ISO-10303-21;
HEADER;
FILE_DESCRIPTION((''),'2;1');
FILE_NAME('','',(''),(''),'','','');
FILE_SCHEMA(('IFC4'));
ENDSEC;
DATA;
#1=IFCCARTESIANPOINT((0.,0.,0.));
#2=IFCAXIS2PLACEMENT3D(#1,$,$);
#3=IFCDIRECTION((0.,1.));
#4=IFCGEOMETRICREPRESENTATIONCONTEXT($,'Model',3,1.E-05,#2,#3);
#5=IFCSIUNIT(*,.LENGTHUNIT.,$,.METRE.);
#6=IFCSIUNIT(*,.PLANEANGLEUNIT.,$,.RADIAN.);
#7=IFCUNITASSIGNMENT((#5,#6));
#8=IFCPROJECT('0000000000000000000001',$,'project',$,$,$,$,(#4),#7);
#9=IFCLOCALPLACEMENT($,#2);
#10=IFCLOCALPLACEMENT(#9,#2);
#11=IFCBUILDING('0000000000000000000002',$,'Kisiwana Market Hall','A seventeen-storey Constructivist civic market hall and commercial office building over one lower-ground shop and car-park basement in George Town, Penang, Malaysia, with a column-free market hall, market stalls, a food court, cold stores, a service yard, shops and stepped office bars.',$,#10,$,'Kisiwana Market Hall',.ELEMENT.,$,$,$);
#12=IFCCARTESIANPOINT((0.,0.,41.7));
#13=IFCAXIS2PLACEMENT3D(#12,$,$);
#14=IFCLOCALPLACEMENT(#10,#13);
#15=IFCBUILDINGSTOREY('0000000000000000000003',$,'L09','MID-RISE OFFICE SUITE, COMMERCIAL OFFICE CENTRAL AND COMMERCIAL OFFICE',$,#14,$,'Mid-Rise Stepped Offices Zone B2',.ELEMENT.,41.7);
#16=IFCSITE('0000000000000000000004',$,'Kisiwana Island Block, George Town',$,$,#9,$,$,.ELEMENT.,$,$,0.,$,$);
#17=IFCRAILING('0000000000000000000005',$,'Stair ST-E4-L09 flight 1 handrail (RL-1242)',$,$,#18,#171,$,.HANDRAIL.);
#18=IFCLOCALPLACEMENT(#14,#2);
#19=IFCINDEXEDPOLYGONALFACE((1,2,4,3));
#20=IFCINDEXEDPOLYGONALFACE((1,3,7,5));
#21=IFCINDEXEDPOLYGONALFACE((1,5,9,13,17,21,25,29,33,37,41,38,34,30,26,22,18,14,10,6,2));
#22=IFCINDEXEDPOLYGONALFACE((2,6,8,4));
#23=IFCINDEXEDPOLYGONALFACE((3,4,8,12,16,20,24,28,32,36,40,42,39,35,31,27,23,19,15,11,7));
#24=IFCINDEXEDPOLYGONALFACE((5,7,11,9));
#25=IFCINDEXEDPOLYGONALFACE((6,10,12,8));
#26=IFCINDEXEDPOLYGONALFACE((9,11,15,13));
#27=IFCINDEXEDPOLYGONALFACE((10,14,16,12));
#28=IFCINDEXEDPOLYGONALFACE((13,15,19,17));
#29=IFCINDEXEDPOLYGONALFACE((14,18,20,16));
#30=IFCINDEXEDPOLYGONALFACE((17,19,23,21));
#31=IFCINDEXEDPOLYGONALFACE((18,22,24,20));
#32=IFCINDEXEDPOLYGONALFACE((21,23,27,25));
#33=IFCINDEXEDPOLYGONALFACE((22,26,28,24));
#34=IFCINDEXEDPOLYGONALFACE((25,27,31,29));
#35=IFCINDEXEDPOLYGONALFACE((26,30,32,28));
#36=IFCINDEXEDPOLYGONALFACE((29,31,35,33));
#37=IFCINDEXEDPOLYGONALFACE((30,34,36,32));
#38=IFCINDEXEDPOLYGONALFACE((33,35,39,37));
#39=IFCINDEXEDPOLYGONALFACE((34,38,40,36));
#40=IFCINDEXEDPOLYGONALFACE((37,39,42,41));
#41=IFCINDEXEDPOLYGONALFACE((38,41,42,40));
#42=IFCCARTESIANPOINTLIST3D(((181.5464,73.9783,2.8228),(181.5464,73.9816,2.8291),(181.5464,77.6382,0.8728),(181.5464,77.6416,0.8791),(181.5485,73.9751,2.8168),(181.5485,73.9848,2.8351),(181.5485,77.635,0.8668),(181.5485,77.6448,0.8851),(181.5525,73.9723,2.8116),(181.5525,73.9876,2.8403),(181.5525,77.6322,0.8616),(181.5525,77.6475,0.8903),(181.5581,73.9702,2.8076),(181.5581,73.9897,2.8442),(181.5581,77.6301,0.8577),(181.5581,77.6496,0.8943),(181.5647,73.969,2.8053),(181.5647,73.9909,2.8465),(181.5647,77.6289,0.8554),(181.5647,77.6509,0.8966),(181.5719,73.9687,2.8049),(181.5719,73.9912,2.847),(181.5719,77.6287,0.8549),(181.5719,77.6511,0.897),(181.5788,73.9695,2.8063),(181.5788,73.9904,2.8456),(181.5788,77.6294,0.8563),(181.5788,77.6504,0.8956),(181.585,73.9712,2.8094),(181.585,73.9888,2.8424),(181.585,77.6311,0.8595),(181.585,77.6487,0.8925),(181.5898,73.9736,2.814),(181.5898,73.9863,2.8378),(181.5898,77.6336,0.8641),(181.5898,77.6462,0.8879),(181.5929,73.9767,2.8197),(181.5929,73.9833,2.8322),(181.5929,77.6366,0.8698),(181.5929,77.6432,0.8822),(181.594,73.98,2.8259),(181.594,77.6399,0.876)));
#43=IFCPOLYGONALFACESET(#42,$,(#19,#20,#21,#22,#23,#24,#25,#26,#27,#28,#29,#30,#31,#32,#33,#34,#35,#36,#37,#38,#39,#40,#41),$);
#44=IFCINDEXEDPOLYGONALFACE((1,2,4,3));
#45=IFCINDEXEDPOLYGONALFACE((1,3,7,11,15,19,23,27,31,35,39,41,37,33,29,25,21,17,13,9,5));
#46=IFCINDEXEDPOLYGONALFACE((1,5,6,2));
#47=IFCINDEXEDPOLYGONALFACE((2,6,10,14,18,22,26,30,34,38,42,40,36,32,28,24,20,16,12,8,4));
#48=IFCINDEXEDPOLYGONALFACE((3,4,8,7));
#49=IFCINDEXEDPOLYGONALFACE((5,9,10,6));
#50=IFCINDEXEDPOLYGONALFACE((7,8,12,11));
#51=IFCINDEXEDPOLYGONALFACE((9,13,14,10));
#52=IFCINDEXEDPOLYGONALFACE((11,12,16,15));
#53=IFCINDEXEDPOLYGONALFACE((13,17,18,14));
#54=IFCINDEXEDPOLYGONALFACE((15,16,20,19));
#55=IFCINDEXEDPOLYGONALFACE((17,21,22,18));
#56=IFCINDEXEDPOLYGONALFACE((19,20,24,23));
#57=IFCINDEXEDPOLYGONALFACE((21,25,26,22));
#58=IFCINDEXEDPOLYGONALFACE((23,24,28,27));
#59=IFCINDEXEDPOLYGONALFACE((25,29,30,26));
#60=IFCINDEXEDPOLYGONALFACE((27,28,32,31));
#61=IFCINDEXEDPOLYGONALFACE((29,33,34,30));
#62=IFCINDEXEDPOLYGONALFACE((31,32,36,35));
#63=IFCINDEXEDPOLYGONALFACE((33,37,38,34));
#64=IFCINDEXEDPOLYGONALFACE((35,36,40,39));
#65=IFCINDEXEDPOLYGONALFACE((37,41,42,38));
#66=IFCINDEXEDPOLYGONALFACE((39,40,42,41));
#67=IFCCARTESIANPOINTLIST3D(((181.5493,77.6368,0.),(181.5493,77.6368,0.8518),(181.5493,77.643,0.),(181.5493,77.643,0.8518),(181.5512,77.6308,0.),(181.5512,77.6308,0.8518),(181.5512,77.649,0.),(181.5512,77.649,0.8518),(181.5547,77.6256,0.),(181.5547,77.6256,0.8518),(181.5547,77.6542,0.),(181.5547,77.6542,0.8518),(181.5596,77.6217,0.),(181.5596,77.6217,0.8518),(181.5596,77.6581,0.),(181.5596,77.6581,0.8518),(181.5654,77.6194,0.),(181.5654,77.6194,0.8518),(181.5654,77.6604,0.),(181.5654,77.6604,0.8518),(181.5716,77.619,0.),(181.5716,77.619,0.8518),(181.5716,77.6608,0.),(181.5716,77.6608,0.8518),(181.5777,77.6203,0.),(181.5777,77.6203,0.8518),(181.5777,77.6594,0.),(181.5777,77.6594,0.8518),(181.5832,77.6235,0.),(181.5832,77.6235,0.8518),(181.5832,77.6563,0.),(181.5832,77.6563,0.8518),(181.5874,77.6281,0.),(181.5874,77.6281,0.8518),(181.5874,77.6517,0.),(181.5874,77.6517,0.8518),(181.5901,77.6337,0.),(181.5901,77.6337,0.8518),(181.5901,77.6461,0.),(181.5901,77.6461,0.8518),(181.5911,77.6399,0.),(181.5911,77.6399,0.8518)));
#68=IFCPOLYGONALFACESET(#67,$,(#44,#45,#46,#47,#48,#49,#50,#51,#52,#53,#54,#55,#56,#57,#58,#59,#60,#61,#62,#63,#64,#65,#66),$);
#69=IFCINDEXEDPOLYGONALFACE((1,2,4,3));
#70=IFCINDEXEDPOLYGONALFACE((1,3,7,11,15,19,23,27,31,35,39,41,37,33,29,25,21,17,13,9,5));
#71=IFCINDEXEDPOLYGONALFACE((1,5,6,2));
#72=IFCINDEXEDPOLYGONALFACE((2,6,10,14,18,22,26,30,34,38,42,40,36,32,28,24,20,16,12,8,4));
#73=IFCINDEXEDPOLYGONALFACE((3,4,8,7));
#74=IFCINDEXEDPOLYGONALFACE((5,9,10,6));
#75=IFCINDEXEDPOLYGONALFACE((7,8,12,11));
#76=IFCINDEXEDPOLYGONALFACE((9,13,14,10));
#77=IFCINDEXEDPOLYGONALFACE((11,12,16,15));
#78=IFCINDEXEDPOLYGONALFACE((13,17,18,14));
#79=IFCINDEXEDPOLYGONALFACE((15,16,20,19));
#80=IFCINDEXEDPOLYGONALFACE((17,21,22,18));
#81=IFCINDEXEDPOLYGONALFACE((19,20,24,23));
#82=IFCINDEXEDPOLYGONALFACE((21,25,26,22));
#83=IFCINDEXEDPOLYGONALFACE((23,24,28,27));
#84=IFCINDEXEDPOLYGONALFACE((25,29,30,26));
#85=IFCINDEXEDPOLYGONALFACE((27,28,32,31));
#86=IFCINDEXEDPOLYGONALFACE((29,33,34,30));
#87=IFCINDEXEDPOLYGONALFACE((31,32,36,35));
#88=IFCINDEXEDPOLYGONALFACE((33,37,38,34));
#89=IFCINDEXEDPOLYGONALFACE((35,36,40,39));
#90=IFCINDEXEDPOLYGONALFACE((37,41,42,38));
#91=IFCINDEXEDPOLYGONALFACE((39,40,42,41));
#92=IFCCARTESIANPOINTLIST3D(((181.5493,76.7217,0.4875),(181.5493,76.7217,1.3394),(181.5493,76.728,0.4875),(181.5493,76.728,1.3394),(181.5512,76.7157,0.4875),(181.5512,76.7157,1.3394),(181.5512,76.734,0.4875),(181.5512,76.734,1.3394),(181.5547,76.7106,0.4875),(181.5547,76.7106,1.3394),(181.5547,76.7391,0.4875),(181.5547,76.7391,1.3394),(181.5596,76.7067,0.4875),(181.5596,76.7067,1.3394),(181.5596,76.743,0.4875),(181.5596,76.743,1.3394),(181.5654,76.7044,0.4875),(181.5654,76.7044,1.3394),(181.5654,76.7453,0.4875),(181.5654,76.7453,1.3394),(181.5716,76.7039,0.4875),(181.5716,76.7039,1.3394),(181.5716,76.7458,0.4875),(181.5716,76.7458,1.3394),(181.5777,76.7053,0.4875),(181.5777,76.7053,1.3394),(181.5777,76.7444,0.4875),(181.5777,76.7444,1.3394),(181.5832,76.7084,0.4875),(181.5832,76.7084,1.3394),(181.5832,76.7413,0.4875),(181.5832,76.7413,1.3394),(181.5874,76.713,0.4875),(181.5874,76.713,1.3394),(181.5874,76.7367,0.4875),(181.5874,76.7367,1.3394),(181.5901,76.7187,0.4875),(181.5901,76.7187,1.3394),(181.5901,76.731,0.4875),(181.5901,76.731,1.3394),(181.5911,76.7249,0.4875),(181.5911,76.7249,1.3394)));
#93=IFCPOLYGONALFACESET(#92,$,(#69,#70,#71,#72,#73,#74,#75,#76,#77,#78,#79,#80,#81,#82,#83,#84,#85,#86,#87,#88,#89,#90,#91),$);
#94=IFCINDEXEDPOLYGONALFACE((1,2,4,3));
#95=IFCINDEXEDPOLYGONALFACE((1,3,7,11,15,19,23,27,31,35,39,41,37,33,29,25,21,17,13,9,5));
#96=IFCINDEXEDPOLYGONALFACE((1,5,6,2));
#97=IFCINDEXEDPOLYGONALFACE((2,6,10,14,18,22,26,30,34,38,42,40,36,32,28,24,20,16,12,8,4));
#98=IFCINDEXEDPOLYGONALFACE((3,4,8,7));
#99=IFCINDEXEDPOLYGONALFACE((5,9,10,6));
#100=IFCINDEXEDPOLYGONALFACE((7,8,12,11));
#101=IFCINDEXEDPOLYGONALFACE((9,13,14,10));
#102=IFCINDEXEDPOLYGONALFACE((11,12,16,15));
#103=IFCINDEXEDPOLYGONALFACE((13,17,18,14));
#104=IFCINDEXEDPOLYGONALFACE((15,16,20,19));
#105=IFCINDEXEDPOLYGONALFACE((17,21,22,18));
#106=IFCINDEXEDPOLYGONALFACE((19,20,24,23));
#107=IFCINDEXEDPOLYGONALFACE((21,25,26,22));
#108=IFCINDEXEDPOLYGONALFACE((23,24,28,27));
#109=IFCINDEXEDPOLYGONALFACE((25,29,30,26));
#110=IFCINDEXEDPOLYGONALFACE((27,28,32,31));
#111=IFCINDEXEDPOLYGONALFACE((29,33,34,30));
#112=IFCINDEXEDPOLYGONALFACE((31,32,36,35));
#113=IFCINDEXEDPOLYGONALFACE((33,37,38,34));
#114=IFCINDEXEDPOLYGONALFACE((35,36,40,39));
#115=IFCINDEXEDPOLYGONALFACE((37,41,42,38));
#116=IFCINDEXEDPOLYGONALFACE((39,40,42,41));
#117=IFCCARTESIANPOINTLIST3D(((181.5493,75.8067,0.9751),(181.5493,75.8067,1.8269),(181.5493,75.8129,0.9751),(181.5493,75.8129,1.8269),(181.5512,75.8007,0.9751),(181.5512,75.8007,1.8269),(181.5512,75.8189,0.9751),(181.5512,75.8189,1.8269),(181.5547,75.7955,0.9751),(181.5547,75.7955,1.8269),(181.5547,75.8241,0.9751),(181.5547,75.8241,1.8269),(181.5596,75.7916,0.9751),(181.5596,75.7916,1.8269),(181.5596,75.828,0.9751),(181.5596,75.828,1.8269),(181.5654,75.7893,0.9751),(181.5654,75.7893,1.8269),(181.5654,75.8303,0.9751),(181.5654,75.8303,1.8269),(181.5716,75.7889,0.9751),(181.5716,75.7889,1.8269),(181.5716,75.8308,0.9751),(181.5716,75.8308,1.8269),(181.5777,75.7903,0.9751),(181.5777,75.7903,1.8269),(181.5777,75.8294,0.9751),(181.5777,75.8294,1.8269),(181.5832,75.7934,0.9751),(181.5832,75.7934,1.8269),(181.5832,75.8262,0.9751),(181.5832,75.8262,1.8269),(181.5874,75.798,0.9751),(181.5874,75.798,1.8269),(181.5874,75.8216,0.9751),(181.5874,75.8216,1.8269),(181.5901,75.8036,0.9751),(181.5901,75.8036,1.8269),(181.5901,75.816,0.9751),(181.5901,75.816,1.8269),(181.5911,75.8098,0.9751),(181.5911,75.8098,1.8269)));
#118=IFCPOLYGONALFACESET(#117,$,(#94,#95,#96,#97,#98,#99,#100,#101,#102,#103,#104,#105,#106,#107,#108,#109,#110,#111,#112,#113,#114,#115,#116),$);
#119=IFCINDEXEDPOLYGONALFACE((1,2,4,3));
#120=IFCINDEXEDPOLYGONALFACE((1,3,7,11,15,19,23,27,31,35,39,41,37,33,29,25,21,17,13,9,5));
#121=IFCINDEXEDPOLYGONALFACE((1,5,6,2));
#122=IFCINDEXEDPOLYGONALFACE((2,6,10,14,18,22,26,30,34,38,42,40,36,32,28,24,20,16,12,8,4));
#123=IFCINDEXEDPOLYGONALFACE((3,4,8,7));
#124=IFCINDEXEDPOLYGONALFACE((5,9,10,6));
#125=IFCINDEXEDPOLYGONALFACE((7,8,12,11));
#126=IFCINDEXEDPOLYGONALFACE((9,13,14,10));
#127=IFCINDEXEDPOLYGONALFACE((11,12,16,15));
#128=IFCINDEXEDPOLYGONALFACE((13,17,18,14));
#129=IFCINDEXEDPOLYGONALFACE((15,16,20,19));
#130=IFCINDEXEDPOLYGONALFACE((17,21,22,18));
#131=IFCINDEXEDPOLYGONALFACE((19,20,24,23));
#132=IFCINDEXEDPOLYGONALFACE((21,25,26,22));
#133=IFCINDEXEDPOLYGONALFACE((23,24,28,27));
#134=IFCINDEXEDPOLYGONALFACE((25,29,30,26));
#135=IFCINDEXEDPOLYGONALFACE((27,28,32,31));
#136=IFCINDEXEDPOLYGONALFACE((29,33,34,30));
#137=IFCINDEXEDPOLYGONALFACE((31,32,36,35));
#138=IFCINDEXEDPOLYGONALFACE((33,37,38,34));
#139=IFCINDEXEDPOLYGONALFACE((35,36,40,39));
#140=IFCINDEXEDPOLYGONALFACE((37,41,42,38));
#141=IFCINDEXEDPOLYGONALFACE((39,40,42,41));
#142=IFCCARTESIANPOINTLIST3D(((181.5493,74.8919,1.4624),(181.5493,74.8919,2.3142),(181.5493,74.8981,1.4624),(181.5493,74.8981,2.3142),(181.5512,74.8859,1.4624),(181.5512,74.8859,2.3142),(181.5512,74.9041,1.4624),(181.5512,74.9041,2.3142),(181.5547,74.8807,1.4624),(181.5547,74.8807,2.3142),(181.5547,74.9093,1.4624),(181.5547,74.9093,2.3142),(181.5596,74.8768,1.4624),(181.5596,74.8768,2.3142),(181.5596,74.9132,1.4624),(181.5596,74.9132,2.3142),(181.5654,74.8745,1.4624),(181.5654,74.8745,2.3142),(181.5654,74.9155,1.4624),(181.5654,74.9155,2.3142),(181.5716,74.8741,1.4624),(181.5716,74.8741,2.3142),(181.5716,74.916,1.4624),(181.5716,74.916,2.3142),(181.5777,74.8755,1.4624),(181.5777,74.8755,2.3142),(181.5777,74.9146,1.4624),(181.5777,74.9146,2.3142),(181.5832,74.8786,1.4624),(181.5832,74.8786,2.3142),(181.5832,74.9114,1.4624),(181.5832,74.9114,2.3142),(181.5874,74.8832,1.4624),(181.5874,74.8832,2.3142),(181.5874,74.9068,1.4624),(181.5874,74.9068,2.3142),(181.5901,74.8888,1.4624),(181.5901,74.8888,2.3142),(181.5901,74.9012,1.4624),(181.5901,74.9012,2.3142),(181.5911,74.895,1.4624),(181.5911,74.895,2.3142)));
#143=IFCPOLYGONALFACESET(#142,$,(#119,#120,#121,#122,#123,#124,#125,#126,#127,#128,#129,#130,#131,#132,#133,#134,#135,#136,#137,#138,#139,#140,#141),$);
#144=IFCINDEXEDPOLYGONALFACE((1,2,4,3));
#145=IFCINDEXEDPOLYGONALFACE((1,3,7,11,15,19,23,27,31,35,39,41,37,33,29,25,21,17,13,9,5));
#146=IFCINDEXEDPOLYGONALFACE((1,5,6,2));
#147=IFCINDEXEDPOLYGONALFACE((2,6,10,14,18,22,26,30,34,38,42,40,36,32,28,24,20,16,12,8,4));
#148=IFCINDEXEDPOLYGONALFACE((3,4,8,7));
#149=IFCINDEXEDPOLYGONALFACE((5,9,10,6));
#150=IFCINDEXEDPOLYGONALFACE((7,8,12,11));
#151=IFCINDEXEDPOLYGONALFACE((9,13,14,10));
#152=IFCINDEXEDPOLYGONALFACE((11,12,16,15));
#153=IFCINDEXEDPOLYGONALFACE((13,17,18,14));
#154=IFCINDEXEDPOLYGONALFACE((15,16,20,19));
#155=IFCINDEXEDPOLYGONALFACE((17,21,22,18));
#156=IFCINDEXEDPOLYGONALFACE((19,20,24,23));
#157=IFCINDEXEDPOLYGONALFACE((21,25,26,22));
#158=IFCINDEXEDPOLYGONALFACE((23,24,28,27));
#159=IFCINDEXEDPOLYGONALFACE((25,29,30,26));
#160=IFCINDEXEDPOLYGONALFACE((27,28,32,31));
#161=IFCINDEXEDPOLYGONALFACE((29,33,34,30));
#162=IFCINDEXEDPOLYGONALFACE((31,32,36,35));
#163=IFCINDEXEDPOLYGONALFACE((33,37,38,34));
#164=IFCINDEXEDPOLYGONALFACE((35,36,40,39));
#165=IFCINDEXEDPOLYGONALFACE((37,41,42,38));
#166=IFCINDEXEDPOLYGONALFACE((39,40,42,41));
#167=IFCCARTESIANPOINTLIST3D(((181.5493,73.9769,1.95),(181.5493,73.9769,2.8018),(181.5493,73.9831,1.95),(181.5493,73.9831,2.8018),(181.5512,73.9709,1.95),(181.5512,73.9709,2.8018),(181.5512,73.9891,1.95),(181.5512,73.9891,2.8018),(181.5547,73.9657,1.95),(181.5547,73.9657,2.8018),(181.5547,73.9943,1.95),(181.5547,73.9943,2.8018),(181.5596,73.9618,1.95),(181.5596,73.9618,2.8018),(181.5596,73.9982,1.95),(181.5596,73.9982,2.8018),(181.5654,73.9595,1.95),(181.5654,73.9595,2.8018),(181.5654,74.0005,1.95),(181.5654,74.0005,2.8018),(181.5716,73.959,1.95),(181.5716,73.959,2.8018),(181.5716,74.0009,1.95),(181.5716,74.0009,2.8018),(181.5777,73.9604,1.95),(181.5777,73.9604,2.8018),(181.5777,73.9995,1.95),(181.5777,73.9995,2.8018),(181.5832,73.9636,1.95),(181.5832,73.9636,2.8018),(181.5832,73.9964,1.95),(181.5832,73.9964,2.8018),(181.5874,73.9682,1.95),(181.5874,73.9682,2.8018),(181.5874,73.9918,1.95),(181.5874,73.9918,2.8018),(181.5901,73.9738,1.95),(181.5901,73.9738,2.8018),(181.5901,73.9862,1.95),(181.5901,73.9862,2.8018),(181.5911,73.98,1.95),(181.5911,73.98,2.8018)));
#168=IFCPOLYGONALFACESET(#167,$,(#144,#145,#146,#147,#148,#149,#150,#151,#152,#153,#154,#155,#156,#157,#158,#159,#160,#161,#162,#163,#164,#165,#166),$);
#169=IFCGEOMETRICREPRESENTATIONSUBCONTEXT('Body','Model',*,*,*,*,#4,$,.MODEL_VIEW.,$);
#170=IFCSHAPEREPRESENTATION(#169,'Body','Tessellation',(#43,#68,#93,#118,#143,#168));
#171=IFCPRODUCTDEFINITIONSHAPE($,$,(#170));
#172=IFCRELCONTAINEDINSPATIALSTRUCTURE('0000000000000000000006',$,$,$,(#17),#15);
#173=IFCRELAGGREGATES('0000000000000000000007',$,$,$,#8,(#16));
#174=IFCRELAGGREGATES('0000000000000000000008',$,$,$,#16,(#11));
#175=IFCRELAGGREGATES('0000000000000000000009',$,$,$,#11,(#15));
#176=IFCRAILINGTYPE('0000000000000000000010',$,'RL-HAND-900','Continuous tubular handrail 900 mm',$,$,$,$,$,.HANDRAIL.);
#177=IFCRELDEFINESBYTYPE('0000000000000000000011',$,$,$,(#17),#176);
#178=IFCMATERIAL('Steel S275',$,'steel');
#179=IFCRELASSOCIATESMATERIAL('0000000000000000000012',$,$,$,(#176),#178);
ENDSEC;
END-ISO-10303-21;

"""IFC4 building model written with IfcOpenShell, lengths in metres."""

from ifc_helpers import new_model, si_unit, direction, frame, origin, origin_2d, place, context, subcontext, project, spatial, circle, extrude, material, type_object, element, save


model = new_model("IFC4")

# Units and contexts
model_context = context("Model", 3, precision=1e-05, world=origin(), true_north=direction((0.0, 1.0)))
body_context = subcontext(model_context, "Body", "Model", "MODEL_VIEW")
ifc_project = project(units=[si_unit("LENGTHUNIT", "METRE"), si_unit("PLANEANGLEUNIT", "RADIAN")], contexts=[model_context])

# Site, building, storey
site_placement = place(None, origin())
site = spatial("IfcSite", under=ifc_project, at=site_placement, Name="Kisiwana Island Block, George Town", CompositionType="ELEMENT", RefElevation=0.0)
building_placement = place(site_placement, origin())
building = spatial("IfcBuilding", under=site, at=building_placement, Name="Kisiwana Market Hall", Description="A seventeen-storey Constructivist civic market hall and commercial office building over one lower-ground shop and car-park basement in George Town, Penang, Malaysia, with a column-free market hall, market stalls, a food court, cold stores, a service yard, shops and stepped office bars.", LongName="Kisiwana Market Hall", CompositionType="ELEMENT")
storey_placement = place(building_placement, frame((0.0, 0.0, 41.7)))
storey = spatial("IfcBuildingStorey", under=building, at=storey_placement, Name="L09", Description="MID-RISE OFFICE SUITE, COMMERCIAL OFFICE CENTRAL AND COMMERCIAL OFFICE", LongName="Mid-Rise Stepped Offices Zone B2", CompositionType="ELEMENT", Elevation=41.7)

# Railing
ifc_material_1 = material(Name="Steel S275", Category="steel")
railing_type_1 = type_object("IfcRailingType", Name="RL-HAND-900", Description="Continuous tubular handrail 900 mm", PredefinedType="HANDRAIL", material=ifc_material_1)
railing_1_placement = place(storey_placement, frame((181.5701, 77.6399, 0.0)))
element("IfcRailing", 1, at=railing_1_placement, inside=storey, type_object=railing_type_1, Name="Stair ST-E4-L09 flight 1 handrail (RL-1242)", PredefinedType="HANDRAIL", context=body_context, shape_type="SweptSolid", body=[
    extrude(circle(Radius=0.0239, at=origin_2d()), frame((0.0, 0.0, 0.876), z_axis=(0.0, -0.882553, 0.470212), x_axis=(1.0, 0.0, 0.0)), (0.0, 0.0, 1.0), 4.147),
    extrude(circle(Radius=0.021, at=origin_2d()), origin(), (0.0, 0.0, 1.0), 0.8518),
    extrude(circle(Radius=0.021, at=origin_2d()), frame((0.0, -0.915, 0.4875)), (0.0, 0.0, 1.0), 0.8518),
    extrude(circle(Radius=0.021, at=origin_2d()), frame((0.0, -1.8301, 0.9751)), (0.0, 0.0, 1.0), 0.8518),
    extrude(circle(Radius=0.021, at=origin_2d()), frame((0.0, -2.7449, 1.4624)), (0.0, 0.0, 1.0), 0.8518),
    extrude(circle(Radius=0.021, at=origin_2d()), frame((0.0, -3.6599, 1.95)), (0.0, 0.0, 1.0), 0.8518),
])

save(model, "model.ifc")
